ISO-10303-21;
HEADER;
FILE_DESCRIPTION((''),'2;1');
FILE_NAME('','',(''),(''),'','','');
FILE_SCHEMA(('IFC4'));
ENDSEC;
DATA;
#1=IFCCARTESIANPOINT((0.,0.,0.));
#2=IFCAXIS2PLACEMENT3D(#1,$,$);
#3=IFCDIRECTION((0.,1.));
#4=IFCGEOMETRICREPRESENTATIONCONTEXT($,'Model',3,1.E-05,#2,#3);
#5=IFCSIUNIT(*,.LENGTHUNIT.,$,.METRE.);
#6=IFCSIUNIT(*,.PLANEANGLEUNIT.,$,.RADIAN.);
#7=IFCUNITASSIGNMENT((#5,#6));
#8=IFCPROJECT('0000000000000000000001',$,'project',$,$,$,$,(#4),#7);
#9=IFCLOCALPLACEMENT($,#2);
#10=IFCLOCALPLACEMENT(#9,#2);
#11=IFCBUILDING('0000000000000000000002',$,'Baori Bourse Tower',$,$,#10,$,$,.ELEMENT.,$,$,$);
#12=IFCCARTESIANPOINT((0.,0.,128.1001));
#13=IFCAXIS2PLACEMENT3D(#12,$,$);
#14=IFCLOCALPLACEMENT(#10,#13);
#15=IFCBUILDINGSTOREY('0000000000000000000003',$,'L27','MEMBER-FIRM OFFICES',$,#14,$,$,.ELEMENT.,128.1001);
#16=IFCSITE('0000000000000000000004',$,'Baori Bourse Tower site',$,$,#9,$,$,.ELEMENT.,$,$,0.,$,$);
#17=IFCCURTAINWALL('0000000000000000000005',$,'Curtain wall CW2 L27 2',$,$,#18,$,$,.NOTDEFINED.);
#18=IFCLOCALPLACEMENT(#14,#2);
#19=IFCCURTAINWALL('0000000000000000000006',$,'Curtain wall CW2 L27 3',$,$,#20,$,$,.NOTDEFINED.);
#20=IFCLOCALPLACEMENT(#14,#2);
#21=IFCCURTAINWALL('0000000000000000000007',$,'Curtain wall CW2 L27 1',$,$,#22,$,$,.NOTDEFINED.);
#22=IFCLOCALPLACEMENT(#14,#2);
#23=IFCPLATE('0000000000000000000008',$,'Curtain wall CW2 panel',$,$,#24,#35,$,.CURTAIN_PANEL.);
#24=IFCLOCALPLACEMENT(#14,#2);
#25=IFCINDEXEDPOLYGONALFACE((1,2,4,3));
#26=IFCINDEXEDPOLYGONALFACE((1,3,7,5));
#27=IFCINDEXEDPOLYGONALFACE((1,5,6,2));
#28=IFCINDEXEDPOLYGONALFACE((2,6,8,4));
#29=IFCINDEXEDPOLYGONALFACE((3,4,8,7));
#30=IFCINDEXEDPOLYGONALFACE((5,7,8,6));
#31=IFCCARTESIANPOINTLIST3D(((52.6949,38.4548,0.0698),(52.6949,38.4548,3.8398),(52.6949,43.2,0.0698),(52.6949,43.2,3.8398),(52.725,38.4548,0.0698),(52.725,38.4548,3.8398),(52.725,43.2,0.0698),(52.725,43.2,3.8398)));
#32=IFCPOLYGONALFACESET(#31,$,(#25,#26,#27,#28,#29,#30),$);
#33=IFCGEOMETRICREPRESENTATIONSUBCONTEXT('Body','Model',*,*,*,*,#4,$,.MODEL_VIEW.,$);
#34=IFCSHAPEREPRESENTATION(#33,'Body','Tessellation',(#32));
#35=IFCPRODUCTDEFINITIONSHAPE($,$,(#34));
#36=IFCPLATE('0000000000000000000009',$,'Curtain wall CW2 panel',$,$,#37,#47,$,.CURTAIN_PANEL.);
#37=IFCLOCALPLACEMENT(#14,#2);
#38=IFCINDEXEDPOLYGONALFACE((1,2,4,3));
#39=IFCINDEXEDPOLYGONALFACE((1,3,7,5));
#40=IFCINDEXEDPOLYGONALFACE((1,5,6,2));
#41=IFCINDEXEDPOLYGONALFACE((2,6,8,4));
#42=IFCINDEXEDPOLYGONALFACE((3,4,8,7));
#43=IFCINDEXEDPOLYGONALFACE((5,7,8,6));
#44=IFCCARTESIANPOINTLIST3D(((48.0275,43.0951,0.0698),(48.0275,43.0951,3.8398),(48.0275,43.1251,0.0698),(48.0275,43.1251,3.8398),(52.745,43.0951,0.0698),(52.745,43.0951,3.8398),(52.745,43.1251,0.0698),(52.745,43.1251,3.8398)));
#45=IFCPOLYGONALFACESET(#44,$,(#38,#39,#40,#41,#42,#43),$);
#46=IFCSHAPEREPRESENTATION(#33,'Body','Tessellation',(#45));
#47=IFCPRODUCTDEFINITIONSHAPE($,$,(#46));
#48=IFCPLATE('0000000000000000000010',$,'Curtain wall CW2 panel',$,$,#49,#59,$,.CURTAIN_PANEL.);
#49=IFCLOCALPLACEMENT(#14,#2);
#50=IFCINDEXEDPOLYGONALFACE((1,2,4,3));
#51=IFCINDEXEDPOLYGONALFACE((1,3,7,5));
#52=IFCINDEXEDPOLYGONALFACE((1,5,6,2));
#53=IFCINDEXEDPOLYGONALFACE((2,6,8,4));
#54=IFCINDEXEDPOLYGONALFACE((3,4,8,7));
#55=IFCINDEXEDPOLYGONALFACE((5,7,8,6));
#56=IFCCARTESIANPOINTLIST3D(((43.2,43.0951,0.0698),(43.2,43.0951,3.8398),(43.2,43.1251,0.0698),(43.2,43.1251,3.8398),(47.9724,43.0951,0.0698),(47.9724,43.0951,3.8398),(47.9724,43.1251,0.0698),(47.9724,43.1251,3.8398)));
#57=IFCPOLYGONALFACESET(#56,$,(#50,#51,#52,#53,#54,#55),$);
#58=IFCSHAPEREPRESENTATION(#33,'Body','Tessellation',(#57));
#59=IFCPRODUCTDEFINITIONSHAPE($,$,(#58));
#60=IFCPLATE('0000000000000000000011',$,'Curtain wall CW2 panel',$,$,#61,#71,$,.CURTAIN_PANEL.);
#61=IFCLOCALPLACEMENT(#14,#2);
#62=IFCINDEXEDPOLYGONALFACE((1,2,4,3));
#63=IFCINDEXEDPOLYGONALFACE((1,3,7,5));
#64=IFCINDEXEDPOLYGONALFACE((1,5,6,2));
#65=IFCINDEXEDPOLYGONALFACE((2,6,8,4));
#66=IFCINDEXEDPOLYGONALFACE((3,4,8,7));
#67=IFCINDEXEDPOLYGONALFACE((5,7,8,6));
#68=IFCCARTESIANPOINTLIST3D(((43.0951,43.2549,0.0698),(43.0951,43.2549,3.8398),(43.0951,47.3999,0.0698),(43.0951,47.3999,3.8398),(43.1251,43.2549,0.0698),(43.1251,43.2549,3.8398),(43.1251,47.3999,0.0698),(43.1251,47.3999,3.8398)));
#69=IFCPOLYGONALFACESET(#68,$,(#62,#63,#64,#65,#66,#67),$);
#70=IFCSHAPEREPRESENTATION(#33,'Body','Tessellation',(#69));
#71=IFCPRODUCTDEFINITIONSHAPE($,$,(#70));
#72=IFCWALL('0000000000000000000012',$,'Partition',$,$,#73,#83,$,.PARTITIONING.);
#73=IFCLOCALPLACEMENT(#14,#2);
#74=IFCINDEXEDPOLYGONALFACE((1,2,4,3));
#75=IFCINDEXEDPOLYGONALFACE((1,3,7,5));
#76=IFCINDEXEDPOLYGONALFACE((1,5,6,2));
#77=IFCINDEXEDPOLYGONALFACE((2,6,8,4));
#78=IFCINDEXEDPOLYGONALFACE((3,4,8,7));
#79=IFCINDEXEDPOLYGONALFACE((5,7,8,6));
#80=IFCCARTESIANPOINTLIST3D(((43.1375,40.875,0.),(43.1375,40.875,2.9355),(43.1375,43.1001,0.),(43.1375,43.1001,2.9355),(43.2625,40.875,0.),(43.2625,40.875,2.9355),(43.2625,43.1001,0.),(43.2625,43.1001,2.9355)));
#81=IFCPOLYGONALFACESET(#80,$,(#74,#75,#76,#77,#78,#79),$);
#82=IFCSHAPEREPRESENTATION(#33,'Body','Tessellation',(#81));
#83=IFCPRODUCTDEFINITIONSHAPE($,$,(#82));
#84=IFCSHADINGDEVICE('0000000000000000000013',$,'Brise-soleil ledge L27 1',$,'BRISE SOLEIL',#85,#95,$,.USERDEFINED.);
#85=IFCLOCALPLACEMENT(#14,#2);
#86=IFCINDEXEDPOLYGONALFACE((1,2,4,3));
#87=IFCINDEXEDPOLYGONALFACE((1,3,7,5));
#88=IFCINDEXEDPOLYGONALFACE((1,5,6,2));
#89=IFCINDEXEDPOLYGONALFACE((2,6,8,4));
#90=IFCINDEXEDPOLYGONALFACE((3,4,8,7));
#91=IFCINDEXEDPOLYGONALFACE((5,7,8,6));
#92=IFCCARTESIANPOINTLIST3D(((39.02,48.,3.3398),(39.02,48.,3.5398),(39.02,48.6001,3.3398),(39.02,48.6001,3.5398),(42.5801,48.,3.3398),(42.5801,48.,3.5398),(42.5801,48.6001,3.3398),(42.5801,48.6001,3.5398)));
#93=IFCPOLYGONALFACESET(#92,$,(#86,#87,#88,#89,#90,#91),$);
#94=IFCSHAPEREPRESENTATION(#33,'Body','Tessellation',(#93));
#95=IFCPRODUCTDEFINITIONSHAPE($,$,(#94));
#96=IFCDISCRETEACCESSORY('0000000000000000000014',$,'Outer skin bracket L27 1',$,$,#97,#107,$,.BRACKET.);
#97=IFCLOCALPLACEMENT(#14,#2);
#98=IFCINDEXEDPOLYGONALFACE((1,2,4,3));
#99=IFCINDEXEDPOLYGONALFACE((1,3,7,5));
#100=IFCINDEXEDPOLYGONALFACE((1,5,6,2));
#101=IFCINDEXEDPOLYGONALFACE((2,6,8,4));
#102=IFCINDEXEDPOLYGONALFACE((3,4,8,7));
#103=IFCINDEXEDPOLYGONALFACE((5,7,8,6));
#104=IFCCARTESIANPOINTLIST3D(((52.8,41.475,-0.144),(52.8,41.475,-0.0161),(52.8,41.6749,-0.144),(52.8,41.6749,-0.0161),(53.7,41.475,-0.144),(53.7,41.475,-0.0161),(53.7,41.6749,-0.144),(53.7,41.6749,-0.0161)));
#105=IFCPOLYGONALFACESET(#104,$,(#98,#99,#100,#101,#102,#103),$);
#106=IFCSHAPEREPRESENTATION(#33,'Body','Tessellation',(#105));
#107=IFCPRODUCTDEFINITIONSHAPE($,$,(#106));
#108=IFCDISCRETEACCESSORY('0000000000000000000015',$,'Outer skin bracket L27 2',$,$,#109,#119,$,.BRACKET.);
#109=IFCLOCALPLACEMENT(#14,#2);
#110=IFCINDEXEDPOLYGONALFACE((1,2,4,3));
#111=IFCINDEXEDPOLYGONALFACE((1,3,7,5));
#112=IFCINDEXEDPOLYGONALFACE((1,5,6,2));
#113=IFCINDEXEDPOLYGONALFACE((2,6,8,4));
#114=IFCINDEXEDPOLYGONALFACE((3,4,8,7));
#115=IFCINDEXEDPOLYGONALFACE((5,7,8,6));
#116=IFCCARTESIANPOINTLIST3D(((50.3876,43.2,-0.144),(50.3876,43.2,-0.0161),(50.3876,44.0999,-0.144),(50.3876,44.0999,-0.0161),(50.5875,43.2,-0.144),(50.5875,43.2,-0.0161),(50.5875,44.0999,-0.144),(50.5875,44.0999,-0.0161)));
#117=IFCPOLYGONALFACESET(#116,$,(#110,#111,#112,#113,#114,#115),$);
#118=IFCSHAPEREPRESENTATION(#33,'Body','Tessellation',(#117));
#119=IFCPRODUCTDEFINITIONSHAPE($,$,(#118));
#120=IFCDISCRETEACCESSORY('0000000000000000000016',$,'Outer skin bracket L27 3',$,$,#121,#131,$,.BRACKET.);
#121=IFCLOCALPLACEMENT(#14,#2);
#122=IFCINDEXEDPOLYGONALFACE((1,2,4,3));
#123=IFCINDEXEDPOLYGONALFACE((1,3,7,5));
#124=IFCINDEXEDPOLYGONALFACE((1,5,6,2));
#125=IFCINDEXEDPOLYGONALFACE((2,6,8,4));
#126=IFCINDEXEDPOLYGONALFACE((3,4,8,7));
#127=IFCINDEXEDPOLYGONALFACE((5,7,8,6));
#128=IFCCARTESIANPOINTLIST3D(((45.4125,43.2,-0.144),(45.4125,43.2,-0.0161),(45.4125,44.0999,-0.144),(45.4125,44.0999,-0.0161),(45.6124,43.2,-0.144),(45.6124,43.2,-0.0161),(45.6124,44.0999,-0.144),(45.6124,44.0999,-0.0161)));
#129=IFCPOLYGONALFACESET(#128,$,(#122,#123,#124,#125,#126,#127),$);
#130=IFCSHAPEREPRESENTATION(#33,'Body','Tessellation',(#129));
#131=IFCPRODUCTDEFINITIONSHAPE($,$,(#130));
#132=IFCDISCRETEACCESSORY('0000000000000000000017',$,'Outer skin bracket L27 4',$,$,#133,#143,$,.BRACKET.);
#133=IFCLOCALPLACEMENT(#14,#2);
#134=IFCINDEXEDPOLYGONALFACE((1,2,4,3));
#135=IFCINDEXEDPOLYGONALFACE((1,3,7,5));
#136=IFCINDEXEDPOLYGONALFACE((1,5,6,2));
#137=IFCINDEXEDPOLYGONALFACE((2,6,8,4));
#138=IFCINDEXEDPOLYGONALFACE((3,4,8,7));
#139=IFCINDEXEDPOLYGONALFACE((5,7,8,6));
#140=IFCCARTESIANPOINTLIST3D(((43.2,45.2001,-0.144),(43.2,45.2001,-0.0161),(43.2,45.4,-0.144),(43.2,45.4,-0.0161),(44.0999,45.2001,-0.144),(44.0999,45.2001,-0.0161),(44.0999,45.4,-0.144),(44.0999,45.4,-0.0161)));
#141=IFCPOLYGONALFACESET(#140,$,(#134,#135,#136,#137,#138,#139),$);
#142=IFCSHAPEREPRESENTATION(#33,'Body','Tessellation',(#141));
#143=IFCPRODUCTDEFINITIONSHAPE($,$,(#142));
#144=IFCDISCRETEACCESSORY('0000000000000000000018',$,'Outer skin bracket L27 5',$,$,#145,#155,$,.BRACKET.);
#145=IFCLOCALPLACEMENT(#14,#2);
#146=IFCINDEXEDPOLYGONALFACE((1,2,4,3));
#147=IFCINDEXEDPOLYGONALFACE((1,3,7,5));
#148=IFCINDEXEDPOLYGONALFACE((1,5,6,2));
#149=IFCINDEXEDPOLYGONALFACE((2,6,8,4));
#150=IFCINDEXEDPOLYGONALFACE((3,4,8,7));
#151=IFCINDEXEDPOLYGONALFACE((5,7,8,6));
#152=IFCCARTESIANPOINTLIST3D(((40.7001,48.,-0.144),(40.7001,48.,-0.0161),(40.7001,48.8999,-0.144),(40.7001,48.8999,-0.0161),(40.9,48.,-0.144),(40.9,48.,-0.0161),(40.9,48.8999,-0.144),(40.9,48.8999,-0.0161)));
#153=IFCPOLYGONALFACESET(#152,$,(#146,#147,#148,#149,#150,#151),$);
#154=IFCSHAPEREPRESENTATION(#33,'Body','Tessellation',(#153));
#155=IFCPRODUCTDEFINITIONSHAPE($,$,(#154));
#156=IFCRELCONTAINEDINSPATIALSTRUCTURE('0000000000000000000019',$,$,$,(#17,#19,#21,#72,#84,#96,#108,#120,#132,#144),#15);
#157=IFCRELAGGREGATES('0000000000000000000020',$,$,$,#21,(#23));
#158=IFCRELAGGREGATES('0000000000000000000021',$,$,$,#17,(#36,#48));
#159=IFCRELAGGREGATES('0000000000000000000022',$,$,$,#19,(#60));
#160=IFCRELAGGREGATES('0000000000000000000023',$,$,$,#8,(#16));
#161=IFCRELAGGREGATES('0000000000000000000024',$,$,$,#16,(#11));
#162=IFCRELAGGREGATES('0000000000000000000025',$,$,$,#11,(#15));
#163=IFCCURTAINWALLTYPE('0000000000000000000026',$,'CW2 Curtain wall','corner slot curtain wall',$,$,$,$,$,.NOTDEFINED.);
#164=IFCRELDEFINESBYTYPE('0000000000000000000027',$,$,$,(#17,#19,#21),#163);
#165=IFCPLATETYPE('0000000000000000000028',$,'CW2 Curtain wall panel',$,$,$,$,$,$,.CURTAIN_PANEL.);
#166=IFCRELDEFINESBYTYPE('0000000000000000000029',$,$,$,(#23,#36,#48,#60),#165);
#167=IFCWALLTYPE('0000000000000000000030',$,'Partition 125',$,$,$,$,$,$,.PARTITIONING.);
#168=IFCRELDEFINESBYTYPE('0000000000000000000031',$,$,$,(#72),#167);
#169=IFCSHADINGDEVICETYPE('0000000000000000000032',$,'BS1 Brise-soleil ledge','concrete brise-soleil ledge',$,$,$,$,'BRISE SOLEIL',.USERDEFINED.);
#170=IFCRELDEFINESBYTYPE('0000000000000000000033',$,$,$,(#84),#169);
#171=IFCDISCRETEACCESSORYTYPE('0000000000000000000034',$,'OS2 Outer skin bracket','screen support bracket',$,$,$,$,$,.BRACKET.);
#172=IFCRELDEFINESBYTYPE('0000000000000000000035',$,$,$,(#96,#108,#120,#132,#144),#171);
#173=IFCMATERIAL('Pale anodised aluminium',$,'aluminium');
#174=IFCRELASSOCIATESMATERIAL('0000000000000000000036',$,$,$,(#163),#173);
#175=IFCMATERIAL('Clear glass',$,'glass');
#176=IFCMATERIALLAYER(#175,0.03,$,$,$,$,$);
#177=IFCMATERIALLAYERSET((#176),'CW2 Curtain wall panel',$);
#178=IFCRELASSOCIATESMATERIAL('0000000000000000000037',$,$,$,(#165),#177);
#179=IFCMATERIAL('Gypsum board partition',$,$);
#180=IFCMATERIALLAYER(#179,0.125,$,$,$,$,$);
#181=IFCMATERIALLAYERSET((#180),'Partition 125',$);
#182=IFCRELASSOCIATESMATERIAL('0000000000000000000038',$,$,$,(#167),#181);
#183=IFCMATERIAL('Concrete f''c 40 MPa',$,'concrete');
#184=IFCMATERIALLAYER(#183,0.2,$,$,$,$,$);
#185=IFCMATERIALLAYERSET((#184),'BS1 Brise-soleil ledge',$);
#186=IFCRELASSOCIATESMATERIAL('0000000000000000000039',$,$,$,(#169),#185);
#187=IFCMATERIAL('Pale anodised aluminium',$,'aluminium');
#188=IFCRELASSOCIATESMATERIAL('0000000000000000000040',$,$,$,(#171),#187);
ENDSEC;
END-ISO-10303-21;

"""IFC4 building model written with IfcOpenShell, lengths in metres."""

from ifc_helpers import new_model, si_unit, direction, frame, frame_2d, origin, origin_2d, place, context, subcontext, project, spatial, rectangle, extrude, material, layer, layer_set, type_object, element, aggregate, save


model = new_model("IFC4")

# Units and contexts
model_context = context("Model", 3, precision=1e-05, world=origin(), true_north=direction((0.0, 1.0)))
body_context = subcontext(model_context, "Body", "Model", "MODEL_VIEW")
ifc_project = project(units=[si_unit("LENGTHUNIT", "METRE"), si_unit("PLANEANGLEUNIT", "RADIAN")], contexts=[model_context])

# Site, building, storey
site_placement = place(None, origin())
site = spatial("IfcSite", under=ifc_project, at=site_placement, Name="Baori Bourse Tower site", CompositionType="ELEMENT", RefElevation=0.0)
building_placement = place(site_placement, origin())
building = spatial("IfcBuilding", under=site, at=building_placement, Name="Baori Bourse Tower", CompositionType="ELEMENT")
storey_placement = place(building_placement, frame((0.0, 0.0, 128.1001)))
storey = spatial("IfcBuildingStorey", under=building, at=storey_placement, Name="L27", Description="MEMBER-FIRM OFFICES", CompositionType="ELEMENT", Elevation=128.1001)

# Curtain wall
ifc_material_1 = material(Name="Pale anodised aluminium", Category="aluminium")
curtain_wall_type_1 = type_object("IfcCurtainWallType", Name="CW2 Curtain wall", Description="corner slot curtain wall", PredefinedType="NOTDEFINED", material=ifc_material_1)
curtain_wall_1_placement = place(storey_placement, origin())
curtain_wall_1 = element("IfcCurtainWall", 1, at=curtain_wall_1_placement, inside=storey, type_object=curtain_wall_type_1, Name="Curtain wall CW2 L27 2", PredefinedType="NOTDEFINED")

# Curtain wall
curtain_wall_2_placement = place(storey_placement, origin())
curtain_wall_2 = element("IfcCurtainWall", 2, at=curtain_wall_2_placement, inside=storey, type_object=curtain_wall_type_1, Name="Curtain wall CW2 L27 3", PredefinedType="NOTDEFINED")

# Curtain wall, plate
curtain_wall_3_placement = place(storey_placement, origin())
curtain_wall_3 = element("IfcCurtainWall", 3, at=curtain_wall_3_placement, inside=storey, type_object=curtain_wall_type_1, Name="Curtain wall CW2 L27 1", PredefinedType="NOTDEFINED")
ifc_material_2 = material(Name="Clear glass", Category="glass")
ifc_layer_1 = layer(ifc_material_2, 0.03)
ifc_layer_set_1 = layer_set([ifc_layer_1], Name="CW2 Curtain wall panel")
plate_type_1 = type_object("IfcPlateType", Name="CW2 Curtain wall panel", PredefinedType="CURTAIN_PANEL", material=ifc_layer_set_1)
plate_1_placement = place(storey_placement, frame((52.71, 40.8274, 0.0698), z_axis=(0.0, 0.0, 1.0), x_axis=(0.0, 1.0, 0.0)))
plate_1 = element("IfcPlate", 4, at=plate_1_placement, type_object=plate_type_1, Name="Curtain wall CW2 panel", PredefinedType="CURTAIN_PANEL", context=body_context, shape_type="SweptSolid", body=[
    extrude(rectangle(XDim=4.7451, YDim=0.03, at=origin_2d()), origin(), (0.0, 0.0, 1.0), 3.77),
])
aggregate(curtain_wall_3, [plate_1])

# Plates
plate_2_placement = place(storey_placement, frame((50.3862, 43.1101, 0.0698), z_axis=(0.0, 0.0, 1.0), x_axis=(-1.0, 0.0, 0.0)))
plate_2 = element("IfcPlate", 5, at=plate_2_placement, type_object=plate_type_1, Name="Curtain wall CW2 panel", PredefinedType="CURTAIN_PANEL", context=body_context, shape_type="SweptSolid", body=[
    extrude(rectangle(XDim=4.7175, YDim=0.03, at=origin_2d()), origin(), (0.0, 0.0, 1.0), 3.77),
])
plate_3_placement = place(storey_placement, frame((45.5862, 43.1101, 0.0698), z_axis=(0.0, 0.0, 1.0), x_axis=(-1.0, 0.0, 0.0)))
plate_3 = element("IfcPlate", 6, at=plate_3_placement, type_object=plate_type_1, Name="Curtain wall CW2 panel", PredefinedType="CURTAIN_PANEL", context=body_context, shape_type="SweptSolid", body=[
    extrude(rectangle(XDim=4.7725, YDim=0.03, at=origin_2d()), origin(), (0.0, 0.0, 1.0), 3.77),
])
aggregate(curtain_wall_1, [plate_2, plate_3])
plate_4_placement = place(storey_placement, frame((43.1101, 45.3274, 0.0698), z_axis=(0.0, 0.0, 1.0), x_axis=(0.0, 1.0, 0.0)))
plate_4 = element("IfcPlate", 7, at=plate_4_placement, type_object=plate_type_1, Name="Curtain wall CW2 panel", PredefinedType="CURTAIN_PANEL", context=body_context, shape_type="SweptSolid", body=[
    extrude(rectangle(XDim=4.145, YDim=0.03, at=origin_2d()), origin(), (0.0, 0.0, 1.0), 3.77),
])
aggregate(curtain_wall_2, [plate_4])

# Wall
ifc_material_3 = material(Name="Gypsum board partition")
ifc_layer_2 = layer(ifc_material_3, 0.125)
ifc_layer_set_2 = layer_set([ifc_layer_2], Name="Partition 125")
wall_type = type_object("IfcWallType", Name="Partition 125", PredefinedType="PARTITIONING", material=ifc_layer_set_2)
wall_placement = place(storey_placement, frame((43.2, 40.875, 0.0), z_axis=(0.0, 0.0, 1.0), x_axis=(0.0, 1.0, 0.0)))
element("IfcWall", 8, at=wall_placement, inside=storey, type_object=wall_type, Name="Partition", PredefinedType="PARTITIONING", context=body_context, shape_type="SweptSolid", body=[
    extrude(rectangle(XDim=2.2251, YDim=0.125, at=frame_2d((1.1125, 0.0))), origin(), (0.0, 0.0, 1.0), 2.9355),
])

# Shading device
ifc_material_4 = material(Name="Concrete f'c 40 MPa", Category="concrete")
ifc_layer_3 = layer(ifc_material_4, 0.2)
ifc_layer_set_3 = layer_set([ifc_layer_3], Name="BS1 Brise-soleil ledge")
shading_device_type = type_object("IfcShadingDeviceType", Name="BS1 Brise-soleil ledge", Description="concrete brise-soleil ledge", ElementType="BRISE SOLEIL", PredefinedType="USERDEFINED", material=ifc_layer_set_3)
shading_device_placement = place(storey_placement, frame((40.8, 48.3, 3.3398), z_axis=(0.0, 0.0, 1.0), x_axis=(-1.0, 0.0, 0.0)))
element("IfcShadingDevice", 9, at=shading_device_placement, inside=storey, type_object=shading_device_type, Name="Brise-soleil ledge L27 1", ObjectType="BRISE SOLEIL", PredefinedType="USERDEFINED", context=body_context, shape_type="SweptSolid", body=[
    extrude(rectangle(XDim=3.5601, YDim=0.6001, at=origin_2d()), origin(), (0.0, 0.0, 1.0), 0.2),
])

# Discrete accessories
ifc_material_5 = material(Name="Pale anodised aluminium", Category="aluminium")
discrete_accessory_type = type_object("IfcDiscreteAccessoryType", Name="OS2 Outer skin bracket", Description="screen support bracket", PredefinedType="BRACKET", material=ifc_material_5)
for number, where, z_axis, x_axis, name in (
    (10, (53.25, 41.575, -0.144), (0.0, 0.0, 1.0), (0.0, 1.0, 0.0), "Outer skin bracket L27 1"),
    (11, (50.4875, 43.6499, -0.144), (0.0, 0.0, 1.0), (-1.0, 0.0, 0.0), "Outer skin bracket L27 2"),
    (12, (45.5125, 43.6499, -0.144), (0.0, 0.0, 1.0), (-1.0, 0.0, 0.0), "Outer skin bracket L27 3"),
    (13, (43.6499, 45.3, -0.144), (0.0, 0.0, 1.0), (0.0, 1.0, 0.0), "Outer skin bracket L27 4"),
    (14, (40.8, 48.45, -0.144), (0.0, 0.0, 1.0), (-1.0, 0.0, 0.0), "Outer skin bracket L27 5"),
):
    element("IfcDiscreteAccessory", number, at=place(storey_placement, frame(where, z_axis=z_axis, x_axis=x_axis)), inside=storey, type_object=discrete_accessory_type, Name=name, PredefinedType="BRACKET", context=body_context, shape_type="SweptSolid", body=[
        extrude(rectangle(XDim=0.2, YDim=0.8999, at=origin_2d()), origin(), (0.0, 0.0, 1.0), 0.1279),
    ])

save(model, "model.ifc")
